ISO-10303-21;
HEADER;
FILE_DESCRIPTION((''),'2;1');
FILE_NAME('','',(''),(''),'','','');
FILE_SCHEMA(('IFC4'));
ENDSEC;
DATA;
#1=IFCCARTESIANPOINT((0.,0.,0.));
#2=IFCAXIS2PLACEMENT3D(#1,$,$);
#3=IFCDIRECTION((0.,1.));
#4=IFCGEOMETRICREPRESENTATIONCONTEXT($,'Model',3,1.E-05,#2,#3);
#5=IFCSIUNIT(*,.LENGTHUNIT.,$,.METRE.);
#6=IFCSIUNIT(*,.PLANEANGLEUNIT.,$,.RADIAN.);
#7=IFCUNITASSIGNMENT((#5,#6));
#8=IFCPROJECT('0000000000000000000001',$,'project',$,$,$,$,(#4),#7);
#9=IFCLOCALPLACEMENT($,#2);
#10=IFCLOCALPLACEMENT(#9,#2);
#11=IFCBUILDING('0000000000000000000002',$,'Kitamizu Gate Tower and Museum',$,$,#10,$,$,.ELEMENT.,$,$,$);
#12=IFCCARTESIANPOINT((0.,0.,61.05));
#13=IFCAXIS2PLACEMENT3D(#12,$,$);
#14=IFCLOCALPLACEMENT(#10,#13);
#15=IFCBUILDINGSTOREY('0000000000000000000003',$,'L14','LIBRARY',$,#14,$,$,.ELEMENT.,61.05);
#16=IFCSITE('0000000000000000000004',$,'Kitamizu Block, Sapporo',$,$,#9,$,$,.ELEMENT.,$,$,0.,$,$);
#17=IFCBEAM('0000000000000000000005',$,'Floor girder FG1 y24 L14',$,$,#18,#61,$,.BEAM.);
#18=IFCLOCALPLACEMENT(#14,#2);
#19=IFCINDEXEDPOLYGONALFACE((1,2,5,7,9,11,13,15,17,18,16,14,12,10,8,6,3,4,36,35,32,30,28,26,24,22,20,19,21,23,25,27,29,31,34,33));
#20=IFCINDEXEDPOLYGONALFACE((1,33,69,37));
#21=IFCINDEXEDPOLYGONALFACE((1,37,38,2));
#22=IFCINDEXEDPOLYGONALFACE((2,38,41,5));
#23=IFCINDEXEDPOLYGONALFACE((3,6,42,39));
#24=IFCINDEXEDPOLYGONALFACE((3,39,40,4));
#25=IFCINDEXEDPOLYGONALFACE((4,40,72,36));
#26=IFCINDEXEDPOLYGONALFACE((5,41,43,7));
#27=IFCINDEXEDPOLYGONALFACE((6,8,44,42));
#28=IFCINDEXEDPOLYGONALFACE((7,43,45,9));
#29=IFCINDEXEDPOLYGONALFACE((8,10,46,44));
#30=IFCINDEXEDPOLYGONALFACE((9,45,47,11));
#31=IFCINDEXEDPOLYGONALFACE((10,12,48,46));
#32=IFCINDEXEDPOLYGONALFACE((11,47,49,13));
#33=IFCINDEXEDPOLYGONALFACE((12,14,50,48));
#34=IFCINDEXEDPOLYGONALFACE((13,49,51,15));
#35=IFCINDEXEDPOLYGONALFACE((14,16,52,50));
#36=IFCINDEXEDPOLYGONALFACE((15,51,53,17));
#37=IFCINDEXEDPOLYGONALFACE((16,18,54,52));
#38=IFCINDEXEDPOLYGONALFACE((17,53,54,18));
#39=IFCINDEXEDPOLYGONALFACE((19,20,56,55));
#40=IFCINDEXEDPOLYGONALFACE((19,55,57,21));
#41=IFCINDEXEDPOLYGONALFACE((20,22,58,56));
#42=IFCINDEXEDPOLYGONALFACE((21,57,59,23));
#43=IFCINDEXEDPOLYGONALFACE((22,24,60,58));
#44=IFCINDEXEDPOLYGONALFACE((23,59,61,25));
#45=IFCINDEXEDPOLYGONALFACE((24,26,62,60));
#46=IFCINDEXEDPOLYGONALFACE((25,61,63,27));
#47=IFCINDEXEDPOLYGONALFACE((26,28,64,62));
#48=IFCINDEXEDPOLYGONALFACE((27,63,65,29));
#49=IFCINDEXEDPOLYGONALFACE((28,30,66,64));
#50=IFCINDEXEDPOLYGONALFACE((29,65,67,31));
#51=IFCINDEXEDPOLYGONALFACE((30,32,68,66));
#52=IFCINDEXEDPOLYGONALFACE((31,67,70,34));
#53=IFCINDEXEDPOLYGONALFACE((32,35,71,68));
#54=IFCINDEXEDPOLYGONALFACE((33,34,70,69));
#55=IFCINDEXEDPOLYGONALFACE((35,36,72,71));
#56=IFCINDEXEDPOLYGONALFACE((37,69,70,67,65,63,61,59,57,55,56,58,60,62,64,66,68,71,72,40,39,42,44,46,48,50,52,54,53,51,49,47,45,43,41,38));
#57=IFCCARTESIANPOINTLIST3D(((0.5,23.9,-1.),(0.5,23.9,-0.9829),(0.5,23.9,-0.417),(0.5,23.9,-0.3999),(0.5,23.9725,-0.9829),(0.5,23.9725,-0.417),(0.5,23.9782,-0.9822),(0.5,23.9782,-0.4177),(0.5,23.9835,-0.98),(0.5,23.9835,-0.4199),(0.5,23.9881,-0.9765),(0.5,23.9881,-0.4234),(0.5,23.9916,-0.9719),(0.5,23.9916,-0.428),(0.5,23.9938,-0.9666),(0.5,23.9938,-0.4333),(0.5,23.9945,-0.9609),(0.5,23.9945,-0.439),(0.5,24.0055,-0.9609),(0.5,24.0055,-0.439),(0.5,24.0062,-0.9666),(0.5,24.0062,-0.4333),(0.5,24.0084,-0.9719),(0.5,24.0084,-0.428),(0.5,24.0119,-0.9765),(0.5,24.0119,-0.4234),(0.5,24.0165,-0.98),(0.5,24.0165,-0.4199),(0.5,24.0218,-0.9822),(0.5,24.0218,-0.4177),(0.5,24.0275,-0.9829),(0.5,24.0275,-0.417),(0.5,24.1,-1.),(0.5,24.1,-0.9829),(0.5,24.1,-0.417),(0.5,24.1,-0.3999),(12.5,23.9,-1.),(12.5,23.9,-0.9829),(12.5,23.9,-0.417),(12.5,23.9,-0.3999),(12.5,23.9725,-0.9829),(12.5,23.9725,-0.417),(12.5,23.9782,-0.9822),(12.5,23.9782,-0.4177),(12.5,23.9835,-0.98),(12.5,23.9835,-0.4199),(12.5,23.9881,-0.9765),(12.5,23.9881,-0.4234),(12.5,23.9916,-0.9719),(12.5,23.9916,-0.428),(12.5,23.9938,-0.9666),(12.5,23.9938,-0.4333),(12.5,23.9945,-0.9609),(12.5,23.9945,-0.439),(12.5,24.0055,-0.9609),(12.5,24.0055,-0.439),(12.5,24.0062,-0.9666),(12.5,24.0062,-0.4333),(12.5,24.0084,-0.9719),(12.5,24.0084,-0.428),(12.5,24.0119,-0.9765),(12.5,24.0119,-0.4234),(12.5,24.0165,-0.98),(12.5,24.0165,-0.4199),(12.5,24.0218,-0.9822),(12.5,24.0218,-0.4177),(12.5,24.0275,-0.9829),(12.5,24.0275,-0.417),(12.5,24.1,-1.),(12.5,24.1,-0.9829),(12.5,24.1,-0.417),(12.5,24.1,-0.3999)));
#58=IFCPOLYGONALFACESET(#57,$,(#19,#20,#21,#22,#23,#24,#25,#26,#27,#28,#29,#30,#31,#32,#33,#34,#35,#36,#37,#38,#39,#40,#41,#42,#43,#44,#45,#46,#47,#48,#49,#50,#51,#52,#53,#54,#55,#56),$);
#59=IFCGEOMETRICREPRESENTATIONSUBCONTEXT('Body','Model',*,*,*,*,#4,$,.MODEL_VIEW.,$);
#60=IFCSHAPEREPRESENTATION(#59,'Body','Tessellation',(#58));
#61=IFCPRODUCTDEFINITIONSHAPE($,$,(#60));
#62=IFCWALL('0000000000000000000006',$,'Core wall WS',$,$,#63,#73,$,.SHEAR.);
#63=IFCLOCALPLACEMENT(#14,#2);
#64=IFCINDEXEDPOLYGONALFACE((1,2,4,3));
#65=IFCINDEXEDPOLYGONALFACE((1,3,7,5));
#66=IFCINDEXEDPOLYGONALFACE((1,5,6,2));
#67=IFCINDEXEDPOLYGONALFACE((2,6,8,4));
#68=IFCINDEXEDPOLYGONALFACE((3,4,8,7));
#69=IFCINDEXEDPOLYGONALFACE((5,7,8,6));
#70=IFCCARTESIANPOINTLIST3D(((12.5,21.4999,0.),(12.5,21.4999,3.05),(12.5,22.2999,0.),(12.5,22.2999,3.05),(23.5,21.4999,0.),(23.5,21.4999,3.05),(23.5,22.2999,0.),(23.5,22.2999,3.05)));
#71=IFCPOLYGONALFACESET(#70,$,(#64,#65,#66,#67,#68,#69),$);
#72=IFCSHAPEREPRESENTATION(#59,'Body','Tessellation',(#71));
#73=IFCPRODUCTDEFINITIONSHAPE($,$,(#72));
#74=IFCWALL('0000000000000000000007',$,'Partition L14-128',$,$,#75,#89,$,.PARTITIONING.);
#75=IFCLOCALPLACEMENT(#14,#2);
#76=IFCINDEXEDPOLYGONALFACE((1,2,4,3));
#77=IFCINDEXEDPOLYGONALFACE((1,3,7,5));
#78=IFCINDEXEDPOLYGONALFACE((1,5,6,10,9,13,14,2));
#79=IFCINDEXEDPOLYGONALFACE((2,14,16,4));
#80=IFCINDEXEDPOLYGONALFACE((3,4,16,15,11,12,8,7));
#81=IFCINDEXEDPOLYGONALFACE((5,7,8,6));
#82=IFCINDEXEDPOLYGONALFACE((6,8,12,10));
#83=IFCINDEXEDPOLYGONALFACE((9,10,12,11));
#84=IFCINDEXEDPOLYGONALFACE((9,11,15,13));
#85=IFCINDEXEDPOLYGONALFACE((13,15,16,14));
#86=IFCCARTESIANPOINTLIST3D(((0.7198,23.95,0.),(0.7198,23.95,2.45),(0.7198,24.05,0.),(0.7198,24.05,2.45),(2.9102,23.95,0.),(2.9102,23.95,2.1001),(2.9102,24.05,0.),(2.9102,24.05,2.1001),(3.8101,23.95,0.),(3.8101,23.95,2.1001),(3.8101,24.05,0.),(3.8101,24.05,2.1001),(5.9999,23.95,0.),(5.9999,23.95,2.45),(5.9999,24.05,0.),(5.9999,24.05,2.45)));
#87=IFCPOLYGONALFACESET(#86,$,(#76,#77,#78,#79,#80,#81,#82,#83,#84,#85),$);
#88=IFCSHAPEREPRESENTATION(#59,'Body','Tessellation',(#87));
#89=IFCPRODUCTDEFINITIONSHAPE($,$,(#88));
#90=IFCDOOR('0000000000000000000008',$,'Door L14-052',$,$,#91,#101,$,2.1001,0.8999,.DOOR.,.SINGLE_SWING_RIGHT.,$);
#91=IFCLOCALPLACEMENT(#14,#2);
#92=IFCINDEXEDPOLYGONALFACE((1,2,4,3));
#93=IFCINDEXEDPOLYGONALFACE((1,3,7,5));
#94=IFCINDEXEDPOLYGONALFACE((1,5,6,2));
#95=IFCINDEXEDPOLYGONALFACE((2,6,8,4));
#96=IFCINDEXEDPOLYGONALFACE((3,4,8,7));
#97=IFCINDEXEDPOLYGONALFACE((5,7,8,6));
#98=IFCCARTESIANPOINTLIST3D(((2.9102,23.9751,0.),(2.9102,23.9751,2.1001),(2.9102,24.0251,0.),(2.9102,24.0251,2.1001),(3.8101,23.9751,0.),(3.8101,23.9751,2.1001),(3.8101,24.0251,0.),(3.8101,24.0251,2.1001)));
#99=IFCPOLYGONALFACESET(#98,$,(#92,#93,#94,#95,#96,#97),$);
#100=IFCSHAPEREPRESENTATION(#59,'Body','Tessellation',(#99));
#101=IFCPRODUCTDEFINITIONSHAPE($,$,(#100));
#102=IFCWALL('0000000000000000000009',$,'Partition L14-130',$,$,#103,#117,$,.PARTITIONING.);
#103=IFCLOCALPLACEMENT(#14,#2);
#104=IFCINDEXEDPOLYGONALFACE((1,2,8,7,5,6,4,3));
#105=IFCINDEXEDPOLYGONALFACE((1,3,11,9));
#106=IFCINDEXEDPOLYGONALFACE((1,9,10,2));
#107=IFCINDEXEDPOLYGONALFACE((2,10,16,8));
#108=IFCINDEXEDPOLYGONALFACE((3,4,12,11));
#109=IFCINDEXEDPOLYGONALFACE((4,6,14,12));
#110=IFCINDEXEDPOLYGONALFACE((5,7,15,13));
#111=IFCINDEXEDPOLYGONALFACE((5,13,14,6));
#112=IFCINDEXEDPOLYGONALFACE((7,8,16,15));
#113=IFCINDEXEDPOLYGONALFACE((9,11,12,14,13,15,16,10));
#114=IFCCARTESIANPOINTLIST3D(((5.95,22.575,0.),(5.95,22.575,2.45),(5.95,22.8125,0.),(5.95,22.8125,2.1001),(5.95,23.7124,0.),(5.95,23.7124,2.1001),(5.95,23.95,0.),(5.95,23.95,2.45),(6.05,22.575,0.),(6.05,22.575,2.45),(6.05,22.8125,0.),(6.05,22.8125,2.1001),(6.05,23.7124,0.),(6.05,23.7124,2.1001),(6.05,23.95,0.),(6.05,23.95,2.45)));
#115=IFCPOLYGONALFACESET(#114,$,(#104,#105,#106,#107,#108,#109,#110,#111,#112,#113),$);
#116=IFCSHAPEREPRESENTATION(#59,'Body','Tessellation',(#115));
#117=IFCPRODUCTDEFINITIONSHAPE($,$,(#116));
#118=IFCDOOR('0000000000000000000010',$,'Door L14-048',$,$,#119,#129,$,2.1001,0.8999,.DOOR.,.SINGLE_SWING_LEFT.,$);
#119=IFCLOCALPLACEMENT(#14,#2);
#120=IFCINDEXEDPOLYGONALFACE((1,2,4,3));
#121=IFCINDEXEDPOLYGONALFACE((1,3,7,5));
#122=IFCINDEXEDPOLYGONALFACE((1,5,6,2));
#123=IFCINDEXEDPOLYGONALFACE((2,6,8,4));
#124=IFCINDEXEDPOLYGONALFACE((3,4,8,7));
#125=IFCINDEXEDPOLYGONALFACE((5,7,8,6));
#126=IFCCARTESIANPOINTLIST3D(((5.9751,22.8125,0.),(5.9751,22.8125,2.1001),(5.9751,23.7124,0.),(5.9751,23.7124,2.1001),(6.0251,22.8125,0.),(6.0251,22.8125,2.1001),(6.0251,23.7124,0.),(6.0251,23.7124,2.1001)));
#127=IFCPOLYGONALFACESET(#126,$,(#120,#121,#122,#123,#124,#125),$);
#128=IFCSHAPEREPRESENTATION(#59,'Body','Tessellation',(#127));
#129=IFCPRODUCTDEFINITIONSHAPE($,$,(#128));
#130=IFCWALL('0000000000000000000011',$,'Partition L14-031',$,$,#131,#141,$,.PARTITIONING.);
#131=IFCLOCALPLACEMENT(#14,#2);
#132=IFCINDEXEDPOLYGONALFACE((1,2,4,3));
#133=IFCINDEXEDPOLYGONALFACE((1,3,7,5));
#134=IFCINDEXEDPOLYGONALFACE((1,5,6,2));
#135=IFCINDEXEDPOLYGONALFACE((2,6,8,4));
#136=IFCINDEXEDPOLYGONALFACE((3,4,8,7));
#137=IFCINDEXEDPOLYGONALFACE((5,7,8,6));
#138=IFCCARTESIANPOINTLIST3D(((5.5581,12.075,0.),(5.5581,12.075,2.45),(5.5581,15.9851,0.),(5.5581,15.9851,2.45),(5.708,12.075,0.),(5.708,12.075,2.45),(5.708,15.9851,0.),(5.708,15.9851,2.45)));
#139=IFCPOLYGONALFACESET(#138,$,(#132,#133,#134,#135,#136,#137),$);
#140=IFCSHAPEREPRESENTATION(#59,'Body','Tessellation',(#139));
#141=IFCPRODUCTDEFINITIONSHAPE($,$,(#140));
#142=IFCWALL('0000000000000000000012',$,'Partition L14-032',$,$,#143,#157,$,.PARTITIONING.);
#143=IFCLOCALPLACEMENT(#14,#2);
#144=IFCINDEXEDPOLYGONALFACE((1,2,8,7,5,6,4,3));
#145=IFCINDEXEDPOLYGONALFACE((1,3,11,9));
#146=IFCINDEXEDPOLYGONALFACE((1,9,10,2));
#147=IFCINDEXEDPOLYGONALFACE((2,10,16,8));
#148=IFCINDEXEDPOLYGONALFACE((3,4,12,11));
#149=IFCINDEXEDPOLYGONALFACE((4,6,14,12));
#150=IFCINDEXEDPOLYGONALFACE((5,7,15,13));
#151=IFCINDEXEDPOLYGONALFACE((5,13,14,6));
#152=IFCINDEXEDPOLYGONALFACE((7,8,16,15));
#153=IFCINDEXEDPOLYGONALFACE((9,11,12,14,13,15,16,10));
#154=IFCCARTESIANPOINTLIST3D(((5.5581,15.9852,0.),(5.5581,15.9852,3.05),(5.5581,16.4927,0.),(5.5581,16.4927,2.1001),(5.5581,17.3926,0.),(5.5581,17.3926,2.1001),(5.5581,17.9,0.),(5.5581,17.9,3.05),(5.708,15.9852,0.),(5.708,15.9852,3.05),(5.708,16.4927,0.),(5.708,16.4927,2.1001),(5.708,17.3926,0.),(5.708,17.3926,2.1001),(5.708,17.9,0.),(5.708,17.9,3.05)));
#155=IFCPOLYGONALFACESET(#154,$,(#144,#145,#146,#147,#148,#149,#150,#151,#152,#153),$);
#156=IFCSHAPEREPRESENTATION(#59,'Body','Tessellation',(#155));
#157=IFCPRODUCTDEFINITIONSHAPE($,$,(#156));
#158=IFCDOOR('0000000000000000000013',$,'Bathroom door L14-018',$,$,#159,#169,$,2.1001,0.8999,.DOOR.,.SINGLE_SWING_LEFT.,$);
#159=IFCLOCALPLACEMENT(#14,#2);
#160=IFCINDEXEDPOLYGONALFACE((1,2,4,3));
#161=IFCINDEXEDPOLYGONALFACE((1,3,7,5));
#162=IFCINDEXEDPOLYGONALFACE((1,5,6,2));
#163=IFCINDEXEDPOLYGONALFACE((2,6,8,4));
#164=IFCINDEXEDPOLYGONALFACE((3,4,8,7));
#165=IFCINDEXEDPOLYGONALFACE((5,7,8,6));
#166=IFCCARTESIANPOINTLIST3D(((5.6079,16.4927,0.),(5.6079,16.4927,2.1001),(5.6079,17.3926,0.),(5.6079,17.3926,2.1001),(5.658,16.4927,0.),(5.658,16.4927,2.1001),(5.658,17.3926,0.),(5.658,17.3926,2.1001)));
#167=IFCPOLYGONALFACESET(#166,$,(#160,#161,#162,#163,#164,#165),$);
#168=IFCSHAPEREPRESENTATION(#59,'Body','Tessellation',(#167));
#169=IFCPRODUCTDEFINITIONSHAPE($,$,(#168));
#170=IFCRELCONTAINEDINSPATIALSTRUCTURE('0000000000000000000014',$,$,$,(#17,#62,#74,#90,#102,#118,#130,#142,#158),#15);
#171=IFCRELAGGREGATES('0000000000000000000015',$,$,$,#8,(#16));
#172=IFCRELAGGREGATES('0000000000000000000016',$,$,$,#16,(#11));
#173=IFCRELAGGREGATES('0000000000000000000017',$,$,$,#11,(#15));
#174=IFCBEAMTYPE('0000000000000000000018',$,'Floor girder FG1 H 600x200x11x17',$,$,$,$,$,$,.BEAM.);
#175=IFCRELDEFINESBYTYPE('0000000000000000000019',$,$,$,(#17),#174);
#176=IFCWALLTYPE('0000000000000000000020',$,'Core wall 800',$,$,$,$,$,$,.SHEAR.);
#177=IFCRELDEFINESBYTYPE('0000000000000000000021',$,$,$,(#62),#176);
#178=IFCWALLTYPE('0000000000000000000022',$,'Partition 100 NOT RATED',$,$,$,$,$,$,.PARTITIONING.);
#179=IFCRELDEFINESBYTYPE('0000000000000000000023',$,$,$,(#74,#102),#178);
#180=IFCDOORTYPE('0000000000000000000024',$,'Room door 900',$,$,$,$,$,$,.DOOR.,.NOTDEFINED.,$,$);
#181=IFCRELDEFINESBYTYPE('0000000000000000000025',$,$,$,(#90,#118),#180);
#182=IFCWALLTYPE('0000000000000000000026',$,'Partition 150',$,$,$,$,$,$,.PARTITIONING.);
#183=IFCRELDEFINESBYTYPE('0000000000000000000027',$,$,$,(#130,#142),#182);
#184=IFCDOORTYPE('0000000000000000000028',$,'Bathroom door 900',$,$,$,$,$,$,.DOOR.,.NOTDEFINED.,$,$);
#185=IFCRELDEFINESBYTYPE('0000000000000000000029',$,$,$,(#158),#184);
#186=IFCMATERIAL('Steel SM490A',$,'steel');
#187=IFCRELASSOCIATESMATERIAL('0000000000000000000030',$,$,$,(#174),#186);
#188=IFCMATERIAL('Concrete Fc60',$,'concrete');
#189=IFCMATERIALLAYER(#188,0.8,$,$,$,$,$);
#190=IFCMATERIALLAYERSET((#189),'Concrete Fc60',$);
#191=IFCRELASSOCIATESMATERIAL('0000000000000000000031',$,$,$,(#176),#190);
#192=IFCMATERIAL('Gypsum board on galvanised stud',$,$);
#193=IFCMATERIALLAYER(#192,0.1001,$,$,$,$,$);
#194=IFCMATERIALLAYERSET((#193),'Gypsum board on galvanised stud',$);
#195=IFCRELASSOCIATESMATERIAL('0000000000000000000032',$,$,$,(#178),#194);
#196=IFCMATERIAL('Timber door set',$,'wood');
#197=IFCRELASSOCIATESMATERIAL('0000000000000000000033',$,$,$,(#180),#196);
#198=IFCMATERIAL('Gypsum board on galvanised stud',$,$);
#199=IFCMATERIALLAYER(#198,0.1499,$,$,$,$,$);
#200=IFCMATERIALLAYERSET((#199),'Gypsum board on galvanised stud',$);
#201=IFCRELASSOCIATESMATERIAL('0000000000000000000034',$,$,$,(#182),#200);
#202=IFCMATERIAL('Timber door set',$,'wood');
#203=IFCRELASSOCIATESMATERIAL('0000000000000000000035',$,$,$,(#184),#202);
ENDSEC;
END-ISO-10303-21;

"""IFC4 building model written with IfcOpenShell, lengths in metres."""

from ifc_helpers import new_model, si_unit, direction, frame, frame_2d, origin, origin_2d, place, context, subcontext, project, spatial, rectangle, i_section, extrude, material, layer, layer_set, material_profile, profile_set, type_object, element, fill, save


model = new_model("IFC4")

# Units and contexts
model_context = context("Model", 3, precision=1e-05, world=origin(), true_north=direction((0.0, 1.0)))
body_context = subcontext(model_context, "Body", "Model", "MODEL_VIEW")
ifc_project = project(units=[si_unit("LENGTHUNIT", "METRE"), si_unit("PLANEANGLEUNIT", "RADIAN")], contexts=[model_context])

# Site, building, storey
site_placement = place(None, origin())
site = spatial("IfcSite", under=ifc_project, at=site_placement, Name="Kitamizu Block, Sapporo", CompositionType="ELEMENT", RefElevation=0.0)
building_placement = place(site_placement, origin())
building = spatial("IfcBuilding", under=site, at=building_placement, Name="Kitamizu Gate Tower and Museum", CompositionType="ELEMENT")
storey_placement = place(building_placement, frame((0.0, 0.0, 61.05)))
storey = spatial("IfcBuildingStorey", under=building, at=storey_placement, Name="L14", Description="LIBRARY", CompositionType="ELEMENT", Elevation=61.05)

# Beam
ifc_material_1 = material(Name="Steel SM490A", Category="steel")
ifc_material_profile_1 = material_profile(ifc_material_1, i_section(OverallWidth=0.2, OverallDepth=0.6001, WebThickness=0.011, FlangeThickness=0.0171, FilletRadius=0.022, at=origin_2d()), Name="H-600x200x11x17")
ifc_profile_set_1 = profile_set([ifc_material_profile_1], Name="Steel SM490A")
beam_type_1 = type_object("IfcBeamType", Name="Floor girder FG1 H 600x200x11x17", PredefinedType="BEAM", material=ifc_profile_set_1)
beam_1_placement = place(storey_placement, frame((0.5, 24.0, -0.7), z_axis=(1.0, 0.0, 0.0), x_axis=(0.0, 1.0, 0.0)))
element("IfcBeam", 1, at=beam_1_placement, inside=storey, type_object=beam_type_1, Name="Floor girder FG1 y24 L14", PredefinedType="BEAM", context=body_context, shape_type="SweptSolid", body=[
    extrude(i_section(OverallWidth=0.2, OverallDepth=0.6001, WebThickness=0.011, FlangeThickness=0.0171, FilletRadius=0.022, at=origin_2d()), origin(), (0.0, 0.0, 1.0), 12.0),
])

# Wall
ifc_material_2 = material(Name="Concrete Fc60", Category="concrete")
ifc_layer_1 = layer(ifc_material_2, 0.8)
ifc_layer_set_1 = layer_set([ifc_layer_1], Name="Concrete Fc60")
wall_type_1 = type_object("IfcWallType", Name="Core wall 800", PredefinedType="SHEAR", material=ifc_layer_set_1)
wall_1_placement = place(storey_placement, frame((12.5, 21.8999, 0.0), z_axis=(0.0, 0.0, 1.0), x_axis=(1.0, 0.0, 0.0)))
element("IfcWall", 2, at=wall_1_placement, inside=storey, type_object=wall_type_1, Name="Core wall WS", PredefinedType="SHEAR", context=body_context, shape_type="SweptSolid", body=[
    extrude(rectangle(XDim=11.0, YDim=0.8, at=frame_2d((5.5, 0.0))), origin(), (0.0, 0.0, 1.0), 3.05),
])

# Walls, openings, doors
ifc_material_3 = material(Name="Gypsum board on galvanised stud")
ifc_layer_2 = layer(ifc_material_3, 0.1001)
ifc_layer_set_2 = layer_set([ifc_layer_2], Name="Gypsum board on galvanised stud")
wall_type_2 = type_object("IfcWallType", Name="Partition 100 NOT RATED", PredefinedType="PARTITIONING", material=ifc_layer_set_2)
wall_2_placement = place(storey_placement, frame((6.0, 24.0, 0.0), z_axis=(0.0, 0.0, 1.0), x_axis=(-1.0, 0.0, 0.0)))
wall_2 = element("IfcWall", 3, at=wall_2_placement, inside=storey, type_object=wall_type_2, Name="Partition L14-128", PredefinedType="PARTITIONING", context=body_context, shape_type="SweptSolid", body=[
    extrude(rectangle(XDim=5.28, YDim=0.1001, at=frame_2d((2.6401, 0.0))), origin(), (0.0, 0.0, 1.0), 2.45),
])
opening_1_placement = place(wall_2_placement, frame((2.1899, 0.0, 0.0)))
opening_1 = element("IfcOpeningElement", 4, at=opening_1_placement, cuts=wall_2, PredefinedType="OPENING", context=body_context, shape_type="SweptSolid", body=[
    extrude(rectangle(XDim=0.8999, YDim=2.1001, at=frame_2d((0.45, 1.05))), frame((0.0, 0.0601, 0.0), z_axis=(0.0, -1.0, 0.0), x_axis=(1.0, 0.0, 0.0)), (0.0, 0.0, 1.0), 0.1201),
])
ifc_material_4 = material(Name="Timber door set", Category="wood")
door_type_1 = type_object("IfcDoorType", Name="Room door 900", OperationType="NOTDEFINED", PredefinedType="DOOR", material=ifc_material_4)
door_1_placement = place(opening_1_placement, origin())
door_1 = element("IfcDoor", 5, at=door_1_placement, inside=storey, type_object=door_type_1, Name="Door L14-052", OperationType="SINGLE_SWING_RIGHT", OverallHeight=2.1001, OverallWidth=0.8999, PredefinedType="DOOR", context=body_context, shape_type="SweptSolid", body=[
    extrude(rectangle(XDim=0.8999, YDim=2.1001, at=frame_2d((0.45, 1.05))), frame((0.0, 0.0249, 0.0), z_axis=(0.0, -1.0, 0.0), x_axis=(1.0, 0.0, 0.0)), (0.0, 0.0, 1.0), 0.05),
])
fill(opening_1, door_1)
wall_3_placement = place(storey_placement, frame((6.0, 22.575, 0.0), z_axis=(0.0, 0.0, 1.0), x_axis=(0.0, 1.0, 0.0)))
wall_3 = element("IfcWall", 6, at=wall_3_placement, inside=storey, type_object=wall_type_2, Name="Partition L14-130", PredefinedType="PARTITIONING", context=body_context, shape_type="SweptSolid", body=[
    extrude(rectangle(XDim=1.375, YDim=0.1001, at=frame_2d((0.6875, 0.0))), origin(), (0.0, 0.0, 1.0), 2.45),
])
opening_2_placement = place(wall_3_placement, frame((0.2375, 0.0, 0.0)))
opening_2 = element("IfcOpeningElement", 7, at=opening_2_placement, cuts=wall_3, PredefinedType="OPENING", context=body_context, shape_type="SweptSolid", body=[
    extrude(rectangle(XDim=0.8999, YDim=2.1001, at=frame_2d((0.45, 1.05))), frame((0.0, 0.0601, 0.0), z_axis=(0.0, -1.0, 0.0), x_axis=(1.0, 0.0, 0.0)), (0.0, 0.0, 1.0), 0.1201),
])
door_2_placement = place(opening_2_placement, origin())
door_2 = element("IfcDoor", 8, at=door_2_placement, inside=storey, type_object=door_type_1, Name="Door L14-048", OperationType="SINGLE_SWING_LEFT", OverallHeight=2.1001, OverallWidth=0.8999, PredefinedType="DOOR", context=body_context, shape_type="SweptSolid", body=[
    extrude(rectangle(XDim=0.8999, YDim=2.1001, at=frame_2d((0.45, 1.05))), frame((0.0, 0.0249, 0.0), z_axis=(0.0, -1.0, 0.0), x_axis=(1.0, 0.0, 0.0)), (0.0, 0.0, 1.0), 0.05),
])
fill(opening_2, door_2)

# Wall
ifc_material_5 = material(Name="Gypsum board on galvanised stud")
ifc_layer_3 = layer(ifc_material_5, 0.1499)
ifc_layer_set_3 = layer_set([ifc_layer_3], Name="Gypsum board on galvanised stud")
wall_type_3 = type_object("IfcWallType", Name="Partition 150", PredefinedType="PARTITIONING", material=ifc_layer_set_3)
wall_4_placement = place(storey_placement, frame((5.6331, 12.075, 0.0), z_axis=(0.0, 0.0, 1.0), x_axis=(0.0, 1.0, 0.0)))
element("IfcWall", 9, at=wall_4_placement, inside=storey, type_object=wall_type_3, Name="Partition L14-031", PredefinedType="PARTITIONING", context=body_context, shape_type="SweptSolid", body=[
    extrude(rectangle(XDim=3.9102, YDim=0.1499, at=frame_2d((1.9551, 0.0))), origin(), (0.0, 0.0, 1.0), 2.45),
])

# Wall, opening, door
wall_5_placement = place(storey_placement, frame((5.6331, 15.9851, 0.0), z_axis=(0.0, 0.0, 1.0), x_axis=(0.0, 1.0, 0.0)))
wall_5 = element("IfcWall", 10, at=wall_5_placement, inside=storey, type_object=wall_type_3, Name="Partition L14-032", PredefinedType="PARTITIONING", context=body_context, shape_type="SweptSolid", body=[
    extrude(rectangle(XDim=1.9148, YDim=0.1499, at=frame_2d((0.9575, 0.0))), origin(), (0.0, 0.0, 1.0), 3.05),
])
opening_3_placement = place(wall_5_placement, frame((0.5076, 0.0, 0.0)))
opening_3 = element("IfcOpeningElement", 11, at=opening_3_placement, cuts=wall_5, PredefinedType="OPENING", context=body_context, shape_type="SweptSolid", body=[
    extrude(rectangle(XDim=0.8999, YDim=2.1001, at=frame_2d((0.45, 1.05))), frame((0.0, 0.085, 0.0), z_axis=(0.0, -1.0, 0.0), x_axis=(1.0, 0.0, 0.0)), (0.0, 0.0, 1.0), 0.1699),
])
ifc_material_6 = material(Name="Timber door set", Category="wood")
door_type_2 = type_object("IfcDoorType", Name="Bathroom door 900", OperationType="NOTDEFINED", PredefinedType="DOOR", material=ifc_material_6)
door_3_placement = place(opening_3_placement, frame((0.8999, 0.0, 0.0), x_axis=(-1.0, 0.0, 0.0)))
door_3 = element("IfcDoor", 12, at=door_3_placement, inside=storey, type_object=door_type_2, Name="Bathroom door L14-018", OperationType="SINGLE_SWING_LEFT", OverallHeight=2.1001, OverallWidth=0.8999, PredefinedType="DOOR", context=body_context, shape_type="SweptSolid", body=[
    extrude(rectangle(XDim=0.8999, YDim=2.1001, at=frame_2d((0.45, 1.05))), frame((0.0, 0.0249, 0.0), z_axis=(0.0, -1.0, 0.0), x_axis=(1.0, 0.0, 0.0)), (0.0, 0.0, 1.0), 0.05),
])
fill(opening_3, door_3)

save(model, "model.ifc")
